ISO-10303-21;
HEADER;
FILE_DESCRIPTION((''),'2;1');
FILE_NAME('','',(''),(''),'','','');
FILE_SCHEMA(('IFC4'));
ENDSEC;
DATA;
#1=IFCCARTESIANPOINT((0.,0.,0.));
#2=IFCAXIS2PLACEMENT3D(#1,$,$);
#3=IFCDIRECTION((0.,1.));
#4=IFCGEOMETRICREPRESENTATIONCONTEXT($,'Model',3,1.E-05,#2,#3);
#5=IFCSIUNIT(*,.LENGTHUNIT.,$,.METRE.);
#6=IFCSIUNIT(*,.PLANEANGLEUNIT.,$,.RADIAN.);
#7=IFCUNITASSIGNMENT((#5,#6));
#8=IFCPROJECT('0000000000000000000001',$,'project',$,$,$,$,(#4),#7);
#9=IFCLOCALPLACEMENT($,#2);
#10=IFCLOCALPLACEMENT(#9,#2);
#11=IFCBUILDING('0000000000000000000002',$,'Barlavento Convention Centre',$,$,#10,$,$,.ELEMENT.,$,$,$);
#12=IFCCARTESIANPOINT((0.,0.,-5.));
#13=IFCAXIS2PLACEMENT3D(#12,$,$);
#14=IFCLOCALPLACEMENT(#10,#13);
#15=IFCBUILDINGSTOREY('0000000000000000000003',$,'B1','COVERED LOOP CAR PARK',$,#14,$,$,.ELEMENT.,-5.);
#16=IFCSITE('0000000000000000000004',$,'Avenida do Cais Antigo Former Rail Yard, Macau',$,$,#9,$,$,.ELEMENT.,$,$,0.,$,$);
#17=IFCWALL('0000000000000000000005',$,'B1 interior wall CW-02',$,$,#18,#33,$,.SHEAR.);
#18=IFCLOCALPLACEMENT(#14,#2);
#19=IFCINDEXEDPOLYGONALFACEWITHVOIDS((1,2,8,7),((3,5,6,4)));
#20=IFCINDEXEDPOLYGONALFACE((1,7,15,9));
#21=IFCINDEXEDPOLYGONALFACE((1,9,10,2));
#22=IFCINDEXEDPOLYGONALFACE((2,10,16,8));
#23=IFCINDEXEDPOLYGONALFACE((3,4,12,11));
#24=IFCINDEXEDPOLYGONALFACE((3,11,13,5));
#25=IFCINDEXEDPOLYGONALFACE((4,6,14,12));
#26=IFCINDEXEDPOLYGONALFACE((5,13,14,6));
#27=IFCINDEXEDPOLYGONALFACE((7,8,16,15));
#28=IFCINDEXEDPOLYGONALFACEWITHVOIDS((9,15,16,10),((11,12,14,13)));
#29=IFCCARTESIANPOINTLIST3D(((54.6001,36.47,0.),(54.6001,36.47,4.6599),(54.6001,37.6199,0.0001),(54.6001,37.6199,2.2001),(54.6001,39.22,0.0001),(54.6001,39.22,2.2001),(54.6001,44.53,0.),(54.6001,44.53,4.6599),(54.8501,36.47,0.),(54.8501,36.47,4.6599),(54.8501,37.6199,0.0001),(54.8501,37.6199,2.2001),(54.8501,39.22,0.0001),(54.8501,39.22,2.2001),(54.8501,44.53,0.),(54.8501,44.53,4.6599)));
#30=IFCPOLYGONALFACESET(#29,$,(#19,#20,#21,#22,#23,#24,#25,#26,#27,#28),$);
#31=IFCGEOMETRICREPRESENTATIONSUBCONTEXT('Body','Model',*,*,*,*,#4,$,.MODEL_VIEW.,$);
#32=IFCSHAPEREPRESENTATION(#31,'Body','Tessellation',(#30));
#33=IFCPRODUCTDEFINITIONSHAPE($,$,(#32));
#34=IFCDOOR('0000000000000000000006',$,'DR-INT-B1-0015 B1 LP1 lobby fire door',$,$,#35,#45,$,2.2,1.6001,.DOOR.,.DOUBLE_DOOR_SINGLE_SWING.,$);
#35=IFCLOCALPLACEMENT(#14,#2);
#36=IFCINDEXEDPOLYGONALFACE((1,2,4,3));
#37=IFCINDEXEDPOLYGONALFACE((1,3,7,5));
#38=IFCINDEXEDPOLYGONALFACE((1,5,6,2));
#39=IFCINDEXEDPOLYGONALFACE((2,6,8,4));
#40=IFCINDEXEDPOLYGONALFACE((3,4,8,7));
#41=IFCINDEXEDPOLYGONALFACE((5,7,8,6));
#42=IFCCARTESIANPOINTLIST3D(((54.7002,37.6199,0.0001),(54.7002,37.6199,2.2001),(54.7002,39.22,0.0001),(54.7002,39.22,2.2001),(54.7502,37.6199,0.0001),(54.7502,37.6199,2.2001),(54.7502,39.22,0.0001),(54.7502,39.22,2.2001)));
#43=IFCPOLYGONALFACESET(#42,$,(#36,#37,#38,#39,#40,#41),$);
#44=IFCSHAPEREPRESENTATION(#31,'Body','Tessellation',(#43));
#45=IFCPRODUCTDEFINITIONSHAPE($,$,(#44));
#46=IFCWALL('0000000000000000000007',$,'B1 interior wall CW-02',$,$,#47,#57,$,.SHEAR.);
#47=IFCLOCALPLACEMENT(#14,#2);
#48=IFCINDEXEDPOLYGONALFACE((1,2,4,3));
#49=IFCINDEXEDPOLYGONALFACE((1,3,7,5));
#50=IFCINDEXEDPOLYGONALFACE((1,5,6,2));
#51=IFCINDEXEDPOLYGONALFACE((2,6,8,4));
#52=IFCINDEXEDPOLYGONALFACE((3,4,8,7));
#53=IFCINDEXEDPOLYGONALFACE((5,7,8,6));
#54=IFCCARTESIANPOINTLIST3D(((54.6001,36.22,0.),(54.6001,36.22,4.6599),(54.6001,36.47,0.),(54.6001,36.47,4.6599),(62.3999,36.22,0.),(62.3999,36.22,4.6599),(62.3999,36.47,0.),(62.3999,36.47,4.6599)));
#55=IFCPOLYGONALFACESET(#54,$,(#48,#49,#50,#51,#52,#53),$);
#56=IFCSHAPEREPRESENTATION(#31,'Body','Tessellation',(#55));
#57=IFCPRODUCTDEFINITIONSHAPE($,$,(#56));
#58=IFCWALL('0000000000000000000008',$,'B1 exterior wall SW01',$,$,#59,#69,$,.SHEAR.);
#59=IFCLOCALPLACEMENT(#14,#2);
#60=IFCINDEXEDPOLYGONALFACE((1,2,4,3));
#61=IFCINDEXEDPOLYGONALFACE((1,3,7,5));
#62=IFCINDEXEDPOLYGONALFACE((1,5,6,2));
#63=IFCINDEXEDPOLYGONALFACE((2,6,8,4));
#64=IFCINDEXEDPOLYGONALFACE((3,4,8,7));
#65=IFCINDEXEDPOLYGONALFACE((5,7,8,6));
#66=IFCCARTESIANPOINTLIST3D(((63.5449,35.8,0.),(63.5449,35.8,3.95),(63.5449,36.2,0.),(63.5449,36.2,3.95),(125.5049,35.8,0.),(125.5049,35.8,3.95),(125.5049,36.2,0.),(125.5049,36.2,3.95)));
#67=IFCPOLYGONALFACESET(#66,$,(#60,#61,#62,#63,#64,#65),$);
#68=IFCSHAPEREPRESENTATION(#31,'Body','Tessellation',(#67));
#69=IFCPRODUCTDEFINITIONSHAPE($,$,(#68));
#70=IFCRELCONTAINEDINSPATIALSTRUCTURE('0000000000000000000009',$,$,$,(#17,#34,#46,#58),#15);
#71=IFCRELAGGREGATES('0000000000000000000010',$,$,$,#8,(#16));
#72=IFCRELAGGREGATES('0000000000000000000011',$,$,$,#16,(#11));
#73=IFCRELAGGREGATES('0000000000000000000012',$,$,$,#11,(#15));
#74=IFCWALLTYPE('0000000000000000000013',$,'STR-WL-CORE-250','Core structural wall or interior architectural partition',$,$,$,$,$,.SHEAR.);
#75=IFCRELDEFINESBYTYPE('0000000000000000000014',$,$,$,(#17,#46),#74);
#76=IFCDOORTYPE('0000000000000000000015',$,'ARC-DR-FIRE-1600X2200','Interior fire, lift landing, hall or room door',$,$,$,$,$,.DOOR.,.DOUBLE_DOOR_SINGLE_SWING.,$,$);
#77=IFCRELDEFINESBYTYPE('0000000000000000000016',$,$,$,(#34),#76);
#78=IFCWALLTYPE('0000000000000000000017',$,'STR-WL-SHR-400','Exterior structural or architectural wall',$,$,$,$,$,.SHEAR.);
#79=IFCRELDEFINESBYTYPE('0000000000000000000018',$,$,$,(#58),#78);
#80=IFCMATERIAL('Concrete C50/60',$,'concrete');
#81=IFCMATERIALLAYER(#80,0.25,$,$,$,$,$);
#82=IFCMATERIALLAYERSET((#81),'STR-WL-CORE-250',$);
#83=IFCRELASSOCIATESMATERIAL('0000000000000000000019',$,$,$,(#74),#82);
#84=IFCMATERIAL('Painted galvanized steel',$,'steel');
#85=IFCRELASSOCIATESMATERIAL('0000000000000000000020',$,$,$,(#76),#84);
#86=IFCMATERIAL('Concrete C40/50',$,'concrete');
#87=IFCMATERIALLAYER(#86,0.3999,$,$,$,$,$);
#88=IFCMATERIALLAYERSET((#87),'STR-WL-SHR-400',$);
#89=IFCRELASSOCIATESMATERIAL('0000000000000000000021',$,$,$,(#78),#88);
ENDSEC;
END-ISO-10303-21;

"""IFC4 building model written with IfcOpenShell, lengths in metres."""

from ifc_helpers import new_model, si_unit, direction, frame, frame_2d, origin, place, context, subcontext, project, spatial, rectangle, extrude, material, layer, layer_set, type_object, element, fill, save


model = new_model("IFC4")

# Units and contexts
model_context = context("Model", 3, precision=1e-05, world=origin(), true_north=direction((0.0, 1.0)))
body_context = subcontext(model_context, "Body", "Model", "MODEL_VIEW")
ifc_project = project(units=[si_unit("LENGTHUNIT", "METRE"), si_unit("PLANEANGLEUNIT", "RADIAN")], contexts=[model_context])

# Site, building, storey
site_placement = place(None, origin())
site = spatial("IfcSite", under=ifc_project, at=site_placement, Name="Avenida do Cais Antigo Former Rail Yard, Macau", CompositionType="ELEMENT", RefElevation=0.0)
building_placement = place(site_placement, origin())
building = spatial("IfcBuilding", under=site, at=building_placement, Name="Barlavento Convention Centre", CompositionType="ELEMENT")
storey_placement = place(building_placement, frame((0.0, 0.0, -5.0)))
storey = spatial("IfcBuildingStorey", under=building, at=storey_placement, Name="B1", Description="COVERED LOOP CAR PARK", CompositionType="ELEMENT", Elevation=-5.0)

# Shared definitions
ifc_material_1 = material(Name="Concrete C40/50", Category="concrete")

# Shared definitions
ifc_material_2 = material(Name="Concrete C50/60", Category="concrete")

# Wall, opening, door
ifc_layer_1 = layer(ifc_material_2, 0.25)
ifc_layer_set_1 = layer_set([ifc_layer_1], Name="STR-WL-CORE-250")
wall_type_1 = type_object("IfcWallType", Name="STR-WL-CORE-250", Description="Core structural wall or interior architectural partition", PredefinedType="SHEAR", material=ifc_layer_set_1)
wall_1_placement = place(storey_placement, frame((54.7251, 36.47, 0.0), z_axis=(0.0, 0.0, 1.0), x_axis=(0.0, 1.0, 0.0)))
wall_1 = element("IfcWall", 1, at=wall_1_placement, inside=storey, type_object=wall_type_1, Name="B1 interior wall CW-02", PredefinedType="SHEAR", context=body_context, shape_type="SweptSolid", body=[
    extrude(rectangle(XDim=8.0601, YDim=0.25, at=frame_2d((4.03, 0.0))), origin(), (0.0, 0.0, 1.0), 4.6599),
])
opening_placement = place(wall_1_placement, frame((1.1499, 0.0, 0.0)))
opening = element("IfcOpeningElement", 2, at=opening_placement, cuts=wall_1, PredefinedType="OPENING", context=body_context, shape_type="SweptSolid", body=[
    extrude(rectangle(XDim=1.6001, YDim=2.2, at=frame_2d((0.8, 1.1001))), frame((0.0, 0.135, 0.0), z_axis=(0.0, -1.0, 0.0), x_axis=(1.0, 0.0, 0.0)), (0.0, 0.0, 1.0), 0.27),
])
ifc_material_3 = material(Name="Painted galvanized steel", Category="steel")
door_type = type_object("IfcDoorType", Name="ARC-DR-FIRE-1600X2200", Description="Interior fire, lift landing, hall or room door", OperationType="DOUBLE_DOOR_SINGLE_SWING", PredefinedType="DOOR", material=ifc_material_3)
door_placement = place(opening_placement, origin())
door = element("IfcDoor", 3, at=door_placement, inside=storey, type_object=door_type, Name="DR-INT-B1-0015 B1 LP1 lobby fire door", OperationType="DOUBLE_DOOR_SINGLE_SWING", OverallHeight=2.2, OverallWidth=1.6001, PredefinedType="DOOR", context=body_context, shape_type="SweptSolid", body=[
    extrude(rectangle(XDim=1.6001, YDim=2.2, at=frame_2d((0.8, 1.1001))), frame((0.0, 0.0249, 0.0), z_axis=(0.0, -1.0, 0.0), x_axis=(1.0, 0.0, 0.0)), (0.0, 0.0, 1.0), 0.05),
])
fill(opening, door)

# Walls
wall_2_placement = place(storey_placement, frame((54.6001, 36.345, 0.0), z_axis=(0.0, 0.0, 1.0), x_axis=(1.0, 0.0, 0.0)))
element("IfcWall", 4, at=wall_2_placement, inside=storey, type_object=wall_type_1, Name="B1 interior wall CW-02", PredefinedType="SHEAR", context=body_context, shape_type="SweptSolid", body=[
    extrude(rectangle(XDim=7.7998, YDim=0.25, at=frame_2d((3.8999, 0.0))), origin(), (0.0, 0.0, 1.0), 4.6599),
])
ifc_layer_2 = layer(ifc_material_1, 0.3999)
ifc_layer_set_2 = layer_set([ifc_layer_2], Name="STR-WL-SHR-400")
wall_type_2 = type_object("IfcWallType", Name="STR-WL-SHR-400", Description="Exterior structural or architectural wall", PredefinedType="SHEAR", material=ifc_layer_set_2)
wall_3_placement = place(storey_placement, frame((63.5449, 36.0, 0.0), z_axis=(0.0, 0.0, 1.0), x_axis=(1.0, 0.0, 0.0)))
element("IfcWall", 5, at=wall_3_placement, inside=storey, type_object=wall_type_2, Name="B1 exterior wall SW01", PredefinedType="SHEAR", context=body_context, shape_type="SweptSolid", body=[
    extrude(rectangle(XDim=61.96, YDim=0.3999, at=frame_2d((30.98, 0.0))), origin(), (0.0, 0.0, 1.0), 3.95),
])

save(model, "model.ifc")
